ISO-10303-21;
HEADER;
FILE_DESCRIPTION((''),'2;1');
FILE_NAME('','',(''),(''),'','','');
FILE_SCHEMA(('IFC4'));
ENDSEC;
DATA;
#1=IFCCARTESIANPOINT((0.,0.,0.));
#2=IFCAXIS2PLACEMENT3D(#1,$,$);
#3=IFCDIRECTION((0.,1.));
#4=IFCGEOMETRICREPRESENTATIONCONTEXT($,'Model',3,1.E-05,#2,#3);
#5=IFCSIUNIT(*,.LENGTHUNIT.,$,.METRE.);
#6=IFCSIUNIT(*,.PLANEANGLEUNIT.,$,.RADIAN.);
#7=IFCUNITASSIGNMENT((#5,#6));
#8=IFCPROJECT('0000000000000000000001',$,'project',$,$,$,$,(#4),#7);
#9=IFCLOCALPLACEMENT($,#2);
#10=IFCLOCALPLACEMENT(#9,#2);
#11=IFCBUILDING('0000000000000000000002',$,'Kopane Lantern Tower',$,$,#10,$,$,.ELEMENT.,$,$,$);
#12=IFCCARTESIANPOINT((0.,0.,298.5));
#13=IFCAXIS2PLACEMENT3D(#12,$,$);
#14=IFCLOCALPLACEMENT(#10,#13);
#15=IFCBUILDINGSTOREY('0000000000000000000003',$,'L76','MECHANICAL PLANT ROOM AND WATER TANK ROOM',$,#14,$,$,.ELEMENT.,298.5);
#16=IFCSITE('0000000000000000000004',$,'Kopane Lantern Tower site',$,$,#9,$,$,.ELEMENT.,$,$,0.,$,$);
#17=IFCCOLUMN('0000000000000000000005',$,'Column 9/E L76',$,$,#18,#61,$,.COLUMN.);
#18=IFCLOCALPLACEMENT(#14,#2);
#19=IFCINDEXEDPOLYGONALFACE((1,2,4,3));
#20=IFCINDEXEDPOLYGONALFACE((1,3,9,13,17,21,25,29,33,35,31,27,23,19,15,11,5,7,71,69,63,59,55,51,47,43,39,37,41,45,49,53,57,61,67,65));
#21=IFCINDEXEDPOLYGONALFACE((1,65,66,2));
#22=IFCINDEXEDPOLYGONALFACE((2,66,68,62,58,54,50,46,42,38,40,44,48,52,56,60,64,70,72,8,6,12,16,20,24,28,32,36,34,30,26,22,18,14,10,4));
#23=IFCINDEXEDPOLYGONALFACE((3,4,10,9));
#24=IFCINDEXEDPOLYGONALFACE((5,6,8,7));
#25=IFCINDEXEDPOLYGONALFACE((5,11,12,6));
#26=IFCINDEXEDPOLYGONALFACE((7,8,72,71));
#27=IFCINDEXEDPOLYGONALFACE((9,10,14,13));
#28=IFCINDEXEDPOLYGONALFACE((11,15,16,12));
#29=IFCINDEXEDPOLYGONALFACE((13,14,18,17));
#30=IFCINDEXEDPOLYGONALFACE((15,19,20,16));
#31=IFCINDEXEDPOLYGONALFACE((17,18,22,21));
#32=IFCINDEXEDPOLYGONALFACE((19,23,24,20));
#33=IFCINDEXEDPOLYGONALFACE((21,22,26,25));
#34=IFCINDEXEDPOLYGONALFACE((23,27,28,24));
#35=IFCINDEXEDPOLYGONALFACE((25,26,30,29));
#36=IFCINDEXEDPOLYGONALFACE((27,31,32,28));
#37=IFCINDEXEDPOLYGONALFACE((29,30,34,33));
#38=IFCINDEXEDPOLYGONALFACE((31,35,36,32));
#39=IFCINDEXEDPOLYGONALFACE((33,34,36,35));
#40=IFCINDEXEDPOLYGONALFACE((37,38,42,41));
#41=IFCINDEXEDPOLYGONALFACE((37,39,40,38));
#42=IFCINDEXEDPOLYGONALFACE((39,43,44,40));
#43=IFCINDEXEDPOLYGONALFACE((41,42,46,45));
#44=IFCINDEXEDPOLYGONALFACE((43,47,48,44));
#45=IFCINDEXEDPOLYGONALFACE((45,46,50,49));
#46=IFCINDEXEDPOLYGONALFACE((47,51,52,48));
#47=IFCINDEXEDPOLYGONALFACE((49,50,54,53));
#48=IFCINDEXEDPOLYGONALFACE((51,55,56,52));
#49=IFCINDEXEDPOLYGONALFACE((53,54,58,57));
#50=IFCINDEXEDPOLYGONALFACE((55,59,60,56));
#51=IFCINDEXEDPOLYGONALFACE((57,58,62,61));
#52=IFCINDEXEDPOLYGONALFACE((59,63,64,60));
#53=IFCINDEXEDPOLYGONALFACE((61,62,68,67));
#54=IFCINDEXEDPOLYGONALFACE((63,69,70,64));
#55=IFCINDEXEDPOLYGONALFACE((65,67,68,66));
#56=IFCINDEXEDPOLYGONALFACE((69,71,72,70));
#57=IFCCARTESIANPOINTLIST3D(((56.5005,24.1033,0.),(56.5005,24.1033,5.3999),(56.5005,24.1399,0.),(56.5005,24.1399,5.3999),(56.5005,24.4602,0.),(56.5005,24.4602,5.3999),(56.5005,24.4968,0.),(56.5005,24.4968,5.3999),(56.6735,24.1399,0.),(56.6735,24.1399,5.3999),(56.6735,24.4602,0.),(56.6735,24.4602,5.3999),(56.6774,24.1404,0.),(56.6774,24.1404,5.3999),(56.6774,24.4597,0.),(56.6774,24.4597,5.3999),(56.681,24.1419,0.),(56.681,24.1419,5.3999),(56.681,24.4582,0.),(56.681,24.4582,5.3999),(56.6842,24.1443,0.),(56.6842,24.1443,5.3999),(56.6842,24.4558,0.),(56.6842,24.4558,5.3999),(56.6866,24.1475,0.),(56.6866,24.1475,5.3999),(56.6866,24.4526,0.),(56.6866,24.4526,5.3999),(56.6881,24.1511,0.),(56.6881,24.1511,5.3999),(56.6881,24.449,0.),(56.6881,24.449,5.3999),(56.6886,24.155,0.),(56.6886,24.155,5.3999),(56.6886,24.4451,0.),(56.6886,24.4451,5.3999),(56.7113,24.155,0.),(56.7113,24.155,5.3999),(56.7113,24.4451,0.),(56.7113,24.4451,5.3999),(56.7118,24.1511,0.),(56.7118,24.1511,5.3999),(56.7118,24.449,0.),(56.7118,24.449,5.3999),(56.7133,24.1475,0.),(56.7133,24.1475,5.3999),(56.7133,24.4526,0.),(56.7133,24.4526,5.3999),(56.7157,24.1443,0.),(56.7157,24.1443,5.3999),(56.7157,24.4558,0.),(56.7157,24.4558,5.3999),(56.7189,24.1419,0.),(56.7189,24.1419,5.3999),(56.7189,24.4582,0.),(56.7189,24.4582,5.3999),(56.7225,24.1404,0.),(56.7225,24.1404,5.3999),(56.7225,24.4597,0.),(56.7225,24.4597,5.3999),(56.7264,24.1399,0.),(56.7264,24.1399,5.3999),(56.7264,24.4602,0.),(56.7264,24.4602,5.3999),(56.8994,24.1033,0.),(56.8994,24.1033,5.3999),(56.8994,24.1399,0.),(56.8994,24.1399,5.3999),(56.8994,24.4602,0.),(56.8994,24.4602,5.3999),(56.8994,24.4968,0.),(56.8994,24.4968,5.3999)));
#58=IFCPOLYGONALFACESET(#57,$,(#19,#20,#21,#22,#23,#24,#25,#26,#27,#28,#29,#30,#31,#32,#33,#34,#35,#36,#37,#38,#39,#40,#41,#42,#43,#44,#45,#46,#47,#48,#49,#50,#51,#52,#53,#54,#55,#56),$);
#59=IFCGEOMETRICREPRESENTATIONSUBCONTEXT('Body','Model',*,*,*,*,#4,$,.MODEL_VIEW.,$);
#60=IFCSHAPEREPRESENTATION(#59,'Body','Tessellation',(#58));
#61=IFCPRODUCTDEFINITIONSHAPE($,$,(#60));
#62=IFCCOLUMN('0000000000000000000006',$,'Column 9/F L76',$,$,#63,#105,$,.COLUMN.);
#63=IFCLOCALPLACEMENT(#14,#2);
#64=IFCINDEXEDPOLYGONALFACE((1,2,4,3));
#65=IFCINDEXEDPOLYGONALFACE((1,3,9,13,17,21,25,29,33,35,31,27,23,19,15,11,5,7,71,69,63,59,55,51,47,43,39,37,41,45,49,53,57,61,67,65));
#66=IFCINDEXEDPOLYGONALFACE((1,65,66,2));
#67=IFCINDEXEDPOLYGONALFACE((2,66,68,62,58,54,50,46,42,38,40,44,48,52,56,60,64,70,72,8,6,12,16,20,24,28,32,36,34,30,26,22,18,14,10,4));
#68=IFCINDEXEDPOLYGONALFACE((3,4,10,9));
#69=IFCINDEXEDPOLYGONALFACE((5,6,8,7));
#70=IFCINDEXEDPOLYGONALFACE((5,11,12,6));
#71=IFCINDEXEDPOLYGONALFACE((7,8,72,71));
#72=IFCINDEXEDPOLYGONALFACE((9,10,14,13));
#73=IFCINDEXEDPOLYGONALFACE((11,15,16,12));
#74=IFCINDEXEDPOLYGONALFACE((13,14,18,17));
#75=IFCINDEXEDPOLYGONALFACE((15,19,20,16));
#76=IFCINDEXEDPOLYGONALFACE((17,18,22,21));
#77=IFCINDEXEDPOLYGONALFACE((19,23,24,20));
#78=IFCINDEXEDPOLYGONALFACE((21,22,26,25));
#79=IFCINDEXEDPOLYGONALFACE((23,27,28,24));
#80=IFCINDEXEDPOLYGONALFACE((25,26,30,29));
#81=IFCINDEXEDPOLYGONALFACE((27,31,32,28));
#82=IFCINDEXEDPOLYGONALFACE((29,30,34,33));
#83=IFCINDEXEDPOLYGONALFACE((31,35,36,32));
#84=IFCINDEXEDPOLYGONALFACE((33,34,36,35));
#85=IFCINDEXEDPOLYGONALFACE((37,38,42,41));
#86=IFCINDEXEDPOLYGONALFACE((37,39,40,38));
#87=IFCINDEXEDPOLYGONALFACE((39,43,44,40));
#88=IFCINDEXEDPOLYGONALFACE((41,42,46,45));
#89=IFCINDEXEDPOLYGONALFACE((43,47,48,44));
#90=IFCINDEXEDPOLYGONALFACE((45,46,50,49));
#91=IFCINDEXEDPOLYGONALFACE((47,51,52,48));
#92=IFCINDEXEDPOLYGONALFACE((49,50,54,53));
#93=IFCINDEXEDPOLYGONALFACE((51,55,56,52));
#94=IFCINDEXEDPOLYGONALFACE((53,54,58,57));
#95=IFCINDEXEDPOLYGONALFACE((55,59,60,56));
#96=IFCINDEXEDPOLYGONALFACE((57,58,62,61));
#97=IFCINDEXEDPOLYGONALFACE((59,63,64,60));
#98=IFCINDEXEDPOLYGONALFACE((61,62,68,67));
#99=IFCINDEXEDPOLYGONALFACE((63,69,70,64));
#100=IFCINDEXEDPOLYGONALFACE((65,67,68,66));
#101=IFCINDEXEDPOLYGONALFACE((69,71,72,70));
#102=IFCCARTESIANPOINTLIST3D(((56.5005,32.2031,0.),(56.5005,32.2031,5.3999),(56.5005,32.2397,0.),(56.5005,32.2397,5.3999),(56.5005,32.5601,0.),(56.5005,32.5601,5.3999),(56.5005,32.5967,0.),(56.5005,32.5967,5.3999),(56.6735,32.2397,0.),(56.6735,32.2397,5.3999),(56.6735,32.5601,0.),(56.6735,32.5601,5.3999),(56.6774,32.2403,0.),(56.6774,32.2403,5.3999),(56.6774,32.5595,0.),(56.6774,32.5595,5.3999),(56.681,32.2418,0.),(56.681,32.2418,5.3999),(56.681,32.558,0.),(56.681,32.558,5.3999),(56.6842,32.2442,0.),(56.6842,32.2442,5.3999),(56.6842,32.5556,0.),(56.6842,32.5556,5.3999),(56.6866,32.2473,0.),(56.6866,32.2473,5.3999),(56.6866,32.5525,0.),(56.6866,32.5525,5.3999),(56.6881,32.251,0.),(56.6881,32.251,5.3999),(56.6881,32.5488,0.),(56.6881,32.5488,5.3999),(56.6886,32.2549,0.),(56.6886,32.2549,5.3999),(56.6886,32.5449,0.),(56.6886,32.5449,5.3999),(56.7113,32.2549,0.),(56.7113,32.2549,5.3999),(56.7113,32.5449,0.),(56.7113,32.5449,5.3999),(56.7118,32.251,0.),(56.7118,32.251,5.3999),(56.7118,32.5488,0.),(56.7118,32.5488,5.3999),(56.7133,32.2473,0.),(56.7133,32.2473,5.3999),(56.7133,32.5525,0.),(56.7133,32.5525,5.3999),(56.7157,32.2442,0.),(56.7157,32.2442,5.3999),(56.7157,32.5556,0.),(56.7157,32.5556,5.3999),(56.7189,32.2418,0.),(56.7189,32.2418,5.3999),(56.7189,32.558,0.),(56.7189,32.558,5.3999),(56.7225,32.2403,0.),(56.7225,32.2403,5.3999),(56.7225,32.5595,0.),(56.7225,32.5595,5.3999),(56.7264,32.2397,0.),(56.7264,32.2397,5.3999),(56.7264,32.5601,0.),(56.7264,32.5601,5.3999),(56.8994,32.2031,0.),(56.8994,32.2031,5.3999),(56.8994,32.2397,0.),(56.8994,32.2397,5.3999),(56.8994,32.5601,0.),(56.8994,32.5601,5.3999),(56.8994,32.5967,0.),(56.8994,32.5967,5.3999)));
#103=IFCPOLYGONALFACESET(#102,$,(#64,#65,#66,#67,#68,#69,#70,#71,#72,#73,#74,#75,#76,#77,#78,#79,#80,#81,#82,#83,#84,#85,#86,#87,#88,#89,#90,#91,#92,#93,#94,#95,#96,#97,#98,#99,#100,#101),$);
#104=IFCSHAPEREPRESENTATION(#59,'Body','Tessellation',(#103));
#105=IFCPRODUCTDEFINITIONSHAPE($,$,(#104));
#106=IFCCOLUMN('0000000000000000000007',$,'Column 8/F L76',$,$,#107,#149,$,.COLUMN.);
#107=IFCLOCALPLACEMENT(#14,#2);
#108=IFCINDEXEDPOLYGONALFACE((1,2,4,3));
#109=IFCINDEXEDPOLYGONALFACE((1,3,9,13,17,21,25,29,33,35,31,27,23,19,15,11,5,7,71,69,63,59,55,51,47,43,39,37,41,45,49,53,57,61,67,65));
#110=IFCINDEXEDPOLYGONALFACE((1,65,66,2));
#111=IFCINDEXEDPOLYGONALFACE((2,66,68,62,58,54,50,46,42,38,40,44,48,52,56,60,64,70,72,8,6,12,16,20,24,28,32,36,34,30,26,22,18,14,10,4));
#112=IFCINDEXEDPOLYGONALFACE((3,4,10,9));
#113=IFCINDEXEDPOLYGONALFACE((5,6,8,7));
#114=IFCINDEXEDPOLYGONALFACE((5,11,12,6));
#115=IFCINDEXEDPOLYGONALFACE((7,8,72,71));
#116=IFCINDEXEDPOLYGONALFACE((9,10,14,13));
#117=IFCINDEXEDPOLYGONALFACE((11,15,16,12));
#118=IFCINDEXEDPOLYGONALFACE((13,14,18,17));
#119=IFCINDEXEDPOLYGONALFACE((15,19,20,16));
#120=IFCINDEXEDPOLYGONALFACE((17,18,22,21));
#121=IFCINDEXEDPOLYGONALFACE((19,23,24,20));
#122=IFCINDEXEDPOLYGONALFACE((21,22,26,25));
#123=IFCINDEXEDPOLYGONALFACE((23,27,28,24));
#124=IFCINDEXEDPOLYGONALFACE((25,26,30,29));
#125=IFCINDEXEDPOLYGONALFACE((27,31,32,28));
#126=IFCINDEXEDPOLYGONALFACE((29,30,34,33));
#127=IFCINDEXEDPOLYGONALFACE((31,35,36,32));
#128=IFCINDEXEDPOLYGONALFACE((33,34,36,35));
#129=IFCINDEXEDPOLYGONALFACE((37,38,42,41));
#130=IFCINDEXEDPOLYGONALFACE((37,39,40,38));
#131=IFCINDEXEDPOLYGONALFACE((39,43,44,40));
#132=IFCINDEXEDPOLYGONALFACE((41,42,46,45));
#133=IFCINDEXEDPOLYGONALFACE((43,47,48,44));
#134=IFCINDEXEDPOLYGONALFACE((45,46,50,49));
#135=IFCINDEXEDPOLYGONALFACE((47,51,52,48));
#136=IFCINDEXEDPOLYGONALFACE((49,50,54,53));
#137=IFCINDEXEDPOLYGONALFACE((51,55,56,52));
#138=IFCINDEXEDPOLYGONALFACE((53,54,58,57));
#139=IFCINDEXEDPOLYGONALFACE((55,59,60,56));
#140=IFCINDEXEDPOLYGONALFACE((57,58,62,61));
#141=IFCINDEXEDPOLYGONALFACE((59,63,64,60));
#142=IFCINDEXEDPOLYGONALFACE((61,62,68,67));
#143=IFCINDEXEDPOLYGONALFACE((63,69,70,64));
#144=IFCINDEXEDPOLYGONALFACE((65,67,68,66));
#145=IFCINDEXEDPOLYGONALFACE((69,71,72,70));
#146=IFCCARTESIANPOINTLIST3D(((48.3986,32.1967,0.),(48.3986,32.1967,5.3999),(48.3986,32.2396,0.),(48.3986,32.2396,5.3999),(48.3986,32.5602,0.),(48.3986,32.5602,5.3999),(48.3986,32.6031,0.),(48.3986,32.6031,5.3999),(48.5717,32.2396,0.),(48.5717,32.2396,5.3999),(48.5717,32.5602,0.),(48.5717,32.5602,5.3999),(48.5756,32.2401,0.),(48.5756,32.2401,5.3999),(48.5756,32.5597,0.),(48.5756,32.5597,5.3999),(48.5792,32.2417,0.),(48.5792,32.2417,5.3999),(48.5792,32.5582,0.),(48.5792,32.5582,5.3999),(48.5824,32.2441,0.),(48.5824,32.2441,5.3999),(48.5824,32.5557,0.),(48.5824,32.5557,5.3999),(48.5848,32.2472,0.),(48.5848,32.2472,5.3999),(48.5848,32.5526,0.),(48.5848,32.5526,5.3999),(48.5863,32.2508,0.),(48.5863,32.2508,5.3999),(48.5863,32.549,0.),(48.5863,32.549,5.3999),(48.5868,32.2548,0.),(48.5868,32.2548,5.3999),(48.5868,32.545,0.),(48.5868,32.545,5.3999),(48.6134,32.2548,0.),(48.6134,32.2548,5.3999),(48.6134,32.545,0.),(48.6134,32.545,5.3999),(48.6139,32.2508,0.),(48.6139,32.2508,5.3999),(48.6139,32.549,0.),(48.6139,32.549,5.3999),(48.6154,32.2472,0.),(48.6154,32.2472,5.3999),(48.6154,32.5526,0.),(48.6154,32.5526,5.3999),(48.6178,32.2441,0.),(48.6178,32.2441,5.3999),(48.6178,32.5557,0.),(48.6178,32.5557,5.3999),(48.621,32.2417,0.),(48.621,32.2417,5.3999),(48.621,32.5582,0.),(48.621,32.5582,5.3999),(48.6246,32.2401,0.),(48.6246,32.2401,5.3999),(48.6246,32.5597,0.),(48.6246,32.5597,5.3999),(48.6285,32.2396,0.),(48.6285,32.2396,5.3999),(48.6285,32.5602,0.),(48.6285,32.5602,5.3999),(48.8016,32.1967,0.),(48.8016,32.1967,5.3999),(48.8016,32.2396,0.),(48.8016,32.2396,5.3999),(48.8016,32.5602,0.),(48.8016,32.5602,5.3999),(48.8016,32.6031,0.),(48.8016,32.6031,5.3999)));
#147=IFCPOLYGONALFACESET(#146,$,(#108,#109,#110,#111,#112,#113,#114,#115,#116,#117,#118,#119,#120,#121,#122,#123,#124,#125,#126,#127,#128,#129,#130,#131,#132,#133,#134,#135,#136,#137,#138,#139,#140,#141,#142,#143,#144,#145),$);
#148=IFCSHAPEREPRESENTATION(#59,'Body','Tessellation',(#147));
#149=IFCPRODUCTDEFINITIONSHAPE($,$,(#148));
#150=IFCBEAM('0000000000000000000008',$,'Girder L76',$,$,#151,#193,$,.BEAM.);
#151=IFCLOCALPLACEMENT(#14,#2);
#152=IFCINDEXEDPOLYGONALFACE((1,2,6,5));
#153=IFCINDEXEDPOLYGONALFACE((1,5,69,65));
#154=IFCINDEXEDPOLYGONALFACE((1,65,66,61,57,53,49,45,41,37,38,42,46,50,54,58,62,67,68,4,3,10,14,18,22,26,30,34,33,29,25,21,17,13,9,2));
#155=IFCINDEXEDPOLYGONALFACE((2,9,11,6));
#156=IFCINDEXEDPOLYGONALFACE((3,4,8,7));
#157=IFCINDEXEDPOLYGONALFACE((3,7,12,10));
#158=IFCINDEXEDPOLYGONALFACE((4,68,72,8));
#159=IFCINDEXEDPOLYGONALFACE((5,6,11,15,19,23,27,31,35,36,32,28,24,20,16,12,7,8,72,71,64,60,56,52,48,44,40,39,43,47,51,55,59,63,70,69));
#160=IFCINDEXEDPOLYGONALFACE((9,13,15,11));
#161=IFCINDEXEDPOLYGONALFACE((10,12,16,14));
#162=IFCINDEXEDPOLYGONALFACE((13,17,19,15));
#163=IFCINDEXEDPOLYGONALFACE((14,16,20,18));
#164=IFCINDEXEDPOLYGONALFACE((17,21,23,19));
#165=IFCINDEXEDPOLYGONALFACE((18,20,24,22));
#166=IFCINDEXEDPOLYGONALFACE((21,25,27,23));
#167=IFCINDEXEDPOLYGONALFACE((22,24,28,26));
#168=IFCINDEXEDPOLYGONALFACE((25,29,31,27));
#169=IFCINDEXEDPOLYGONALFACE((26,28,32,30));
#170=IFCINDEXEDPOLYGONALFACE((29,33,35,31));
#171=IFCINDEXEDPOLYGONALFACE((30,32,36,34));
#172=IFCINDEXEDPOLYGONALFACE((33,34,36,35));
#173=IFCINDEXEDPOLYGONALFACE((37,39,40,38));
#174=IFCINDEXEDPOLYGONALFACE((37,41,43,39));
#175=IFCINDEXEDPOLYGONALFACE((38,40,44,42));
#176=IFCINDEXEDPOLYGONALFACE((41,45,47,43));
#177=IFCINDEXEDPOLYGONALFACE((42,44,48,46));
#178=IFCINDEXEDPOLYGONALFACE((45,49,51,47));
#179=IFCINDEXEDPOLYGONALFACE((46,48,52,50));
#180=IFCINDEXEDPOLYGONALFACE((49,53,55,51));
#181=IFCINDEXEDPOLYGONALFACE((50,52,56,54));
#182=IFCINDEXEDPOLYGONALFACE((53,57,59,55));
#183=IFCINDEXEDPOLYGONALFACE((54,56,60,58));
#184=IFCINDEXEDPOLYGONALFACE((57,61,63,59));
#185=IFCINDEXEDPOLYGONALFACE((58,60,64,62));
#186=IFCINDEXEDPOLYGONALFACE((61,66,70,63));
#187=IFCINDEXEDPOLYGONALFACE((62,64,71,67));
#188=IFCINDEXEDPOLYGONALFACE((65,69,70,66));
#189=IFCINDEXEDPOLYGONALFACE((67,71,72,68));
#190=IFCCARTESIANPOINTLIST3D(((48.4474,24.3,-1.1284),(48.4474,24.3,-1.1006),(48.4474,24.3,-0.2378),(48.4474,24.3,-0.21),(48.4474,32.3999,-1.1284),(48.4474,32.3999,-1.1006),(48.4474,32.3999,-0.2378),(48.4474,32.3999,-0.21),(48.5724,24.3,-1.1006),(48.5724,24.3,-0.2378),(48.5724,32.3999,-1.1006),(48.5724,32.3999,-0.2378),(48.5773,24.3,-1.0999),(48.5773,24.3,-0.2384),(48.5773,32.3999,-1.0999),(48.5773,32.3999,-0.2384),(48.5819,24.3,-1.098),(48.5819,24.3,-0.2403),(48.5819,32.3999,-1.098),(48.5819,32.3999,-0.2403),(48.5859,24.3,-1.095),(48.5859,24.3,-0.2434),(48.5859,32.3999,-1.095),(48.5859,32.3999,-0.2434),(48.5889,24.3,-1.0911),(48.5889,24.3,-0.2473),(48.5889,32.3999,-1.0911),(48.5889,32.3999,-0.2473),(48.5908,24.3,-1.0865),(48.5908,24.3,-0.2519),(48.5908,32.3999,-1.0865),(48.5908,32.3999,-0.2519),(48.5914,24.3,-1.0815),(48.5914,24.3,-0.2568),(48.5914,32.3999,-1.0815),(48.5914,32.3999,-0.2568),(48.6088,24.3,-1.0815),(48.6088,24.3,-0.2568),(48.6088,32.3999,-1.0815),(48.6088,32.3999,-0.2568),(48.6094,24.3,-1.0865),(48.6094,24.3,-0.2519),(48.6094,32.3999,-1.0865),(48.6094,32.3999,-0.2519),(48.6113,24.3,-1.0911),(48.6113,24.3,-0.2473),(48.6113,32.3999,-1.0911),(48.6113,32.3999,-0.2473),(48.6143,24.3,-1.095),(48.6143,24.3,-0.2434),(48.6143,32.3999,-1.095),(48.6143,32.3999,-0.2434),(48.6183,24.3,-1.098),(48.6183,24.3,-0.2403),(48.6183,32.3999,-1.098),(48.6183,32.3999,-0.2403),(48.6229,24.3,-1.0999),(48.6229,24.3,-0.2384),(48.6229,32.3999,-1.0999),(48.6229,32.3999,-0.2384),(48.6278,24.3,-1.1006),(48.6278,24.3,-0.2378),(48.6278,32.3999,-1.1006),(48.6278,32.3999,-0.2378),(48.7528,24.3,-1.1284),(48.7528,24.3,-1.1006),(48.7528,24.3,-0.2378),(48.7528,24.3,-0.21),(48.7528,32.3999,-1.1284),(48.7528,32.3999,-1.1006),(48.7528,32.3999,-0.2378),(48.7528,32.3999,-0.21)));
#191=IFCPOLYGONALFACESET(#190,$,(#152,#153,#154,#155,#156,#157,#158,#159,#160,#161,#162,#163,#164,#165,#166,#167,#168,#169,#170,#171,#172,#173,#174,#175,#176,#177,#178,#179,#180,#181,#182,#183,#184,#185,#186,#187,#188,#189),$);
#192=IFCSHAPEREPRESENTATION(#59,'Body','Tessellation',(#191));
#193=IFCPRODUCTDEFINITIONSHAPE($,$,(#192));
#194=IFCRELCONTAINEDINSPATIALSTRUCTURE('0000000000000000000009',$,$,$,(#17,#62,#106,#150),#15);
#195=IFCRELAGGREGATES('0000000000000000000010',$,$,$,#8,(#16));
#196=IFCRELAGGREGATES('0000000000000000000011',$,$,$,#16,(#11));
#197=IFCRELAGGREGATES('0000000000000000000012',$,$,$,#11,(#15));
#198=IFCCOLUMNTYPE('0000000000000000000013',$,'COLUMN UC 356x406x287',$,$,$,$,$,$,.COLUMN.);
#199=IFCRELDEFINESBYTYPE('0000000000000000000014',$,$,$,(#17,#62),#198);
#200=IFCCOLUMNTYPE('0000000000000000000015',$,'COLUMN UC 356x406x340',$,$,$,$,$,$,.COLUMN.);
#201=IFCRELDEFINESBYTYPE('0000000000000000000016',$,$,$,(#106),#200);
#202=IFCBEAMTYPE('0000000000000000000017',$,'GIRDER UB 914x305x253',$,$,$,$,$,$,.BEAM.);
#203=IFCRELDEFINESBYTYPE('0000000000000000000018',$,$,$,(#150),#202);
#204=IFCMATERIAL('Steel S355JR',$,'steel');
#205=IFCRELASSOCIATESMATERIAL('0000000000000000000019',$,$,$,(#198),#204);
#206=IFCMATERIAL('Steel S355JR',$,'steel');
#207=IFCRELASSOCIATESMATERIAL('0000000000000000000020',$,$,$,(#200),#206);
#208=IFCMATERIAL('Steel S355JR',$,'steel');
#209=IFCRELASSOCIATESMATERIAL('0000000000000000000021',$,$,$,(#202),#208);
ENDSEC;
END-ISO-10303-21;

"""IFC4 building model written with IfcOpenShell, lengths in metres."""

from ifc_helpers import new_model, si_unit, direction, frame, origin, origin_2d, place, context, subcontext, project, spatial, i_section, extrude, material, material_profile, profile_set, type_object, element, save


model = new_model("IFC4")

# Units and contexts
model_context = context("Model", 3, precision=1e-05, world=origin(), true_north=direction((0.0, 1.0)))
body_context = subcontext(model_context, "Body", "Model", "MODEL_VIEW")
ifc_project = project(units=[si_unit("LENGTHUNIT", "METRE"), si_unit("PLANEANGLEUNIT", "RADIAN")], contexts=[model_context])

# Site, building, storey
site_placement = place(None, origin())
site = spatial("IfcSite", under=ifc_project, at=site_placement, Name="Kopane Lantern Tower site", CompositionType="ELEMENT", RefElevation=0.0)
building_placement = place(site_placement, origin())
building = spatial("IfcBuilding", under=site, at=building_placement, Name="Kopane Lantern Tower", CompositionType="ELEMENT")
storey_placement = place(building_placement, frame((0.0, 0.0, 298.5)))
storey = spatial("IfcBuildingStorey", under=building, at=storey_placement, Name="L76", Description="MECHANICAL PLANT ROOM AND WATER TANK ROOM", CompositionType="ELEMENT", Elevation=298.5)

# Columns
ifc_material_1 = material(Name="Steel S355JR", Category="steel")
ifc_material_profile_1 = material_profile(ifc_material_1, i_section(OverallWidth=0.3989, OverallDepth=0.3936, WebThickness=0.0227, FlangeThickness=0.0366, FilletRadius=0.0151, at=origin_2d()), Name="UC 356x406x287")
ifc_profile_set_1 = profile_set([ifc_material_profile_1], Name="Steel S355JR")
column_type_1 = type_object("IfcColumnType", Name="COLUMN UC 356x406x287", PredefinedType="COLUMN", material=ifc_profile_set_1)
for number, where, z_axis, x_axis, name in (
    (1, (56.7, 24.3, 0.0), (0.0, 0.0, 1.0), (1.0, 0.0, 0.0), "Column 9/E L76"),
    (2, (56.7, 32.3999, 0.0), (0.0, 0.0, 1.0), (1.0, 0.0, 0.0), "Column 9/F L76"),
):
    element("IfcColumn", number, at=place(storey_placement, frame(where, z_axis=z_axis, x_axis=x_axis)), inside=storey, type_object=column_type_1, Name=name, PredefinedType="COLUMN", context=body_context, shape_type="SweptSolid", body=[
        extrude(i_section(OverallWidth=0.3989, OverallDepth=0.3936, WebThickness=0.0227, FlangeThickness=0.0366, FilletRadius=0.0151, at=origin_2d()), origin(), (0.0, 0.0, 1.0), 5.3999),
    ])
ifc_material_2 = material(Name="Steel S355JR", Category="steel")
ifc_material_profile_2 = material_profile(ifc_material_2, i_section(OverallWidth=0.4031, OverallDepth=0.4065, WebThickness=0.0266, FlangeThickness=0.043, FilletRadius=0.0151, at=origin_2d()), Name="UC 356x406x340")
ifc_profile_set_2 = profile_set([ifc_material_profile_2], Name="Steel S355JR")
column_type_2 = type_object("IfcColumnType", Name="COLUMN UC 356x406x340", PredefinedType="COLUMN", material=ifc_profile_set_2)
column_placement = place(storey_placement, frame((48.6001, 32.3999, 0.0), z_axis=(0.0, 0.0, 1.0), x_axis=(1.0, 0.0, 0.0)))
element("IfcColumn", 3, at=column_placement, inside=storey, type_object=column_type_2, Name="Column 8/F L76", PredefinedType="COLUMN", context=body_context, shape_type="SweptSolid", body=[
    extrude(i_section(OverallWidth=0.4031, OverallDepth=0.4065, WebThickness=0.0266, FlangeThickness=0.043, FilletRadius=0.0151, at=origin_2d()), origin(), (0.0, 0.0, 1.0), 5.3999),
])

# Beam
ifc_material_3 = material(Name="Steel S355JR", Category="steel")
ifc_material_profile_3 = material_profile(ifc_material_3, i_section(OverallWidth=0.3054, OverallDepth=0.9185, WebThickness=0.0173, FlangeThickness=0.0278, FilletRadius=0.019, at=origin_2d()), Name="UB 914x305x253")
ifc_profile_set_3 = profile_set([ifc_material_profile_3], Name="Steel S355JR")
beam_type = type_object("IfcBeamType", Name="GIRDER UB 914x305x253", PredefinedType="BEAM", material=ifc_profile_set_3)
for number, where, z_axis, x_axis, name in (
    (4, (48.6001, 24.3, -0.6692), (0.0, 1.0, 0.0), (-1.0, 0.0, 0.0), "Girder L76"),
):
    element("IfcBeam", number, at=place(storey_placement, frame(where, z_axis=z_axis, x_axis=x_axis)), inside=storey, type_object=beam_type, Name=name, PredefinedType="BEAM", context=body_context, shape_type="SweptSolid", body=[
        extrude(i_section(OverallWidth=0.3054, OverallDepth=0.9185, WebThickness=0.0173, FlangeThickness=0.0278, FilletRadius=0.019, at=origin_2d()), origin(), (0.0, 0.0, 1.0), 8.0999),
    ])

save(model, "model.ifc")
